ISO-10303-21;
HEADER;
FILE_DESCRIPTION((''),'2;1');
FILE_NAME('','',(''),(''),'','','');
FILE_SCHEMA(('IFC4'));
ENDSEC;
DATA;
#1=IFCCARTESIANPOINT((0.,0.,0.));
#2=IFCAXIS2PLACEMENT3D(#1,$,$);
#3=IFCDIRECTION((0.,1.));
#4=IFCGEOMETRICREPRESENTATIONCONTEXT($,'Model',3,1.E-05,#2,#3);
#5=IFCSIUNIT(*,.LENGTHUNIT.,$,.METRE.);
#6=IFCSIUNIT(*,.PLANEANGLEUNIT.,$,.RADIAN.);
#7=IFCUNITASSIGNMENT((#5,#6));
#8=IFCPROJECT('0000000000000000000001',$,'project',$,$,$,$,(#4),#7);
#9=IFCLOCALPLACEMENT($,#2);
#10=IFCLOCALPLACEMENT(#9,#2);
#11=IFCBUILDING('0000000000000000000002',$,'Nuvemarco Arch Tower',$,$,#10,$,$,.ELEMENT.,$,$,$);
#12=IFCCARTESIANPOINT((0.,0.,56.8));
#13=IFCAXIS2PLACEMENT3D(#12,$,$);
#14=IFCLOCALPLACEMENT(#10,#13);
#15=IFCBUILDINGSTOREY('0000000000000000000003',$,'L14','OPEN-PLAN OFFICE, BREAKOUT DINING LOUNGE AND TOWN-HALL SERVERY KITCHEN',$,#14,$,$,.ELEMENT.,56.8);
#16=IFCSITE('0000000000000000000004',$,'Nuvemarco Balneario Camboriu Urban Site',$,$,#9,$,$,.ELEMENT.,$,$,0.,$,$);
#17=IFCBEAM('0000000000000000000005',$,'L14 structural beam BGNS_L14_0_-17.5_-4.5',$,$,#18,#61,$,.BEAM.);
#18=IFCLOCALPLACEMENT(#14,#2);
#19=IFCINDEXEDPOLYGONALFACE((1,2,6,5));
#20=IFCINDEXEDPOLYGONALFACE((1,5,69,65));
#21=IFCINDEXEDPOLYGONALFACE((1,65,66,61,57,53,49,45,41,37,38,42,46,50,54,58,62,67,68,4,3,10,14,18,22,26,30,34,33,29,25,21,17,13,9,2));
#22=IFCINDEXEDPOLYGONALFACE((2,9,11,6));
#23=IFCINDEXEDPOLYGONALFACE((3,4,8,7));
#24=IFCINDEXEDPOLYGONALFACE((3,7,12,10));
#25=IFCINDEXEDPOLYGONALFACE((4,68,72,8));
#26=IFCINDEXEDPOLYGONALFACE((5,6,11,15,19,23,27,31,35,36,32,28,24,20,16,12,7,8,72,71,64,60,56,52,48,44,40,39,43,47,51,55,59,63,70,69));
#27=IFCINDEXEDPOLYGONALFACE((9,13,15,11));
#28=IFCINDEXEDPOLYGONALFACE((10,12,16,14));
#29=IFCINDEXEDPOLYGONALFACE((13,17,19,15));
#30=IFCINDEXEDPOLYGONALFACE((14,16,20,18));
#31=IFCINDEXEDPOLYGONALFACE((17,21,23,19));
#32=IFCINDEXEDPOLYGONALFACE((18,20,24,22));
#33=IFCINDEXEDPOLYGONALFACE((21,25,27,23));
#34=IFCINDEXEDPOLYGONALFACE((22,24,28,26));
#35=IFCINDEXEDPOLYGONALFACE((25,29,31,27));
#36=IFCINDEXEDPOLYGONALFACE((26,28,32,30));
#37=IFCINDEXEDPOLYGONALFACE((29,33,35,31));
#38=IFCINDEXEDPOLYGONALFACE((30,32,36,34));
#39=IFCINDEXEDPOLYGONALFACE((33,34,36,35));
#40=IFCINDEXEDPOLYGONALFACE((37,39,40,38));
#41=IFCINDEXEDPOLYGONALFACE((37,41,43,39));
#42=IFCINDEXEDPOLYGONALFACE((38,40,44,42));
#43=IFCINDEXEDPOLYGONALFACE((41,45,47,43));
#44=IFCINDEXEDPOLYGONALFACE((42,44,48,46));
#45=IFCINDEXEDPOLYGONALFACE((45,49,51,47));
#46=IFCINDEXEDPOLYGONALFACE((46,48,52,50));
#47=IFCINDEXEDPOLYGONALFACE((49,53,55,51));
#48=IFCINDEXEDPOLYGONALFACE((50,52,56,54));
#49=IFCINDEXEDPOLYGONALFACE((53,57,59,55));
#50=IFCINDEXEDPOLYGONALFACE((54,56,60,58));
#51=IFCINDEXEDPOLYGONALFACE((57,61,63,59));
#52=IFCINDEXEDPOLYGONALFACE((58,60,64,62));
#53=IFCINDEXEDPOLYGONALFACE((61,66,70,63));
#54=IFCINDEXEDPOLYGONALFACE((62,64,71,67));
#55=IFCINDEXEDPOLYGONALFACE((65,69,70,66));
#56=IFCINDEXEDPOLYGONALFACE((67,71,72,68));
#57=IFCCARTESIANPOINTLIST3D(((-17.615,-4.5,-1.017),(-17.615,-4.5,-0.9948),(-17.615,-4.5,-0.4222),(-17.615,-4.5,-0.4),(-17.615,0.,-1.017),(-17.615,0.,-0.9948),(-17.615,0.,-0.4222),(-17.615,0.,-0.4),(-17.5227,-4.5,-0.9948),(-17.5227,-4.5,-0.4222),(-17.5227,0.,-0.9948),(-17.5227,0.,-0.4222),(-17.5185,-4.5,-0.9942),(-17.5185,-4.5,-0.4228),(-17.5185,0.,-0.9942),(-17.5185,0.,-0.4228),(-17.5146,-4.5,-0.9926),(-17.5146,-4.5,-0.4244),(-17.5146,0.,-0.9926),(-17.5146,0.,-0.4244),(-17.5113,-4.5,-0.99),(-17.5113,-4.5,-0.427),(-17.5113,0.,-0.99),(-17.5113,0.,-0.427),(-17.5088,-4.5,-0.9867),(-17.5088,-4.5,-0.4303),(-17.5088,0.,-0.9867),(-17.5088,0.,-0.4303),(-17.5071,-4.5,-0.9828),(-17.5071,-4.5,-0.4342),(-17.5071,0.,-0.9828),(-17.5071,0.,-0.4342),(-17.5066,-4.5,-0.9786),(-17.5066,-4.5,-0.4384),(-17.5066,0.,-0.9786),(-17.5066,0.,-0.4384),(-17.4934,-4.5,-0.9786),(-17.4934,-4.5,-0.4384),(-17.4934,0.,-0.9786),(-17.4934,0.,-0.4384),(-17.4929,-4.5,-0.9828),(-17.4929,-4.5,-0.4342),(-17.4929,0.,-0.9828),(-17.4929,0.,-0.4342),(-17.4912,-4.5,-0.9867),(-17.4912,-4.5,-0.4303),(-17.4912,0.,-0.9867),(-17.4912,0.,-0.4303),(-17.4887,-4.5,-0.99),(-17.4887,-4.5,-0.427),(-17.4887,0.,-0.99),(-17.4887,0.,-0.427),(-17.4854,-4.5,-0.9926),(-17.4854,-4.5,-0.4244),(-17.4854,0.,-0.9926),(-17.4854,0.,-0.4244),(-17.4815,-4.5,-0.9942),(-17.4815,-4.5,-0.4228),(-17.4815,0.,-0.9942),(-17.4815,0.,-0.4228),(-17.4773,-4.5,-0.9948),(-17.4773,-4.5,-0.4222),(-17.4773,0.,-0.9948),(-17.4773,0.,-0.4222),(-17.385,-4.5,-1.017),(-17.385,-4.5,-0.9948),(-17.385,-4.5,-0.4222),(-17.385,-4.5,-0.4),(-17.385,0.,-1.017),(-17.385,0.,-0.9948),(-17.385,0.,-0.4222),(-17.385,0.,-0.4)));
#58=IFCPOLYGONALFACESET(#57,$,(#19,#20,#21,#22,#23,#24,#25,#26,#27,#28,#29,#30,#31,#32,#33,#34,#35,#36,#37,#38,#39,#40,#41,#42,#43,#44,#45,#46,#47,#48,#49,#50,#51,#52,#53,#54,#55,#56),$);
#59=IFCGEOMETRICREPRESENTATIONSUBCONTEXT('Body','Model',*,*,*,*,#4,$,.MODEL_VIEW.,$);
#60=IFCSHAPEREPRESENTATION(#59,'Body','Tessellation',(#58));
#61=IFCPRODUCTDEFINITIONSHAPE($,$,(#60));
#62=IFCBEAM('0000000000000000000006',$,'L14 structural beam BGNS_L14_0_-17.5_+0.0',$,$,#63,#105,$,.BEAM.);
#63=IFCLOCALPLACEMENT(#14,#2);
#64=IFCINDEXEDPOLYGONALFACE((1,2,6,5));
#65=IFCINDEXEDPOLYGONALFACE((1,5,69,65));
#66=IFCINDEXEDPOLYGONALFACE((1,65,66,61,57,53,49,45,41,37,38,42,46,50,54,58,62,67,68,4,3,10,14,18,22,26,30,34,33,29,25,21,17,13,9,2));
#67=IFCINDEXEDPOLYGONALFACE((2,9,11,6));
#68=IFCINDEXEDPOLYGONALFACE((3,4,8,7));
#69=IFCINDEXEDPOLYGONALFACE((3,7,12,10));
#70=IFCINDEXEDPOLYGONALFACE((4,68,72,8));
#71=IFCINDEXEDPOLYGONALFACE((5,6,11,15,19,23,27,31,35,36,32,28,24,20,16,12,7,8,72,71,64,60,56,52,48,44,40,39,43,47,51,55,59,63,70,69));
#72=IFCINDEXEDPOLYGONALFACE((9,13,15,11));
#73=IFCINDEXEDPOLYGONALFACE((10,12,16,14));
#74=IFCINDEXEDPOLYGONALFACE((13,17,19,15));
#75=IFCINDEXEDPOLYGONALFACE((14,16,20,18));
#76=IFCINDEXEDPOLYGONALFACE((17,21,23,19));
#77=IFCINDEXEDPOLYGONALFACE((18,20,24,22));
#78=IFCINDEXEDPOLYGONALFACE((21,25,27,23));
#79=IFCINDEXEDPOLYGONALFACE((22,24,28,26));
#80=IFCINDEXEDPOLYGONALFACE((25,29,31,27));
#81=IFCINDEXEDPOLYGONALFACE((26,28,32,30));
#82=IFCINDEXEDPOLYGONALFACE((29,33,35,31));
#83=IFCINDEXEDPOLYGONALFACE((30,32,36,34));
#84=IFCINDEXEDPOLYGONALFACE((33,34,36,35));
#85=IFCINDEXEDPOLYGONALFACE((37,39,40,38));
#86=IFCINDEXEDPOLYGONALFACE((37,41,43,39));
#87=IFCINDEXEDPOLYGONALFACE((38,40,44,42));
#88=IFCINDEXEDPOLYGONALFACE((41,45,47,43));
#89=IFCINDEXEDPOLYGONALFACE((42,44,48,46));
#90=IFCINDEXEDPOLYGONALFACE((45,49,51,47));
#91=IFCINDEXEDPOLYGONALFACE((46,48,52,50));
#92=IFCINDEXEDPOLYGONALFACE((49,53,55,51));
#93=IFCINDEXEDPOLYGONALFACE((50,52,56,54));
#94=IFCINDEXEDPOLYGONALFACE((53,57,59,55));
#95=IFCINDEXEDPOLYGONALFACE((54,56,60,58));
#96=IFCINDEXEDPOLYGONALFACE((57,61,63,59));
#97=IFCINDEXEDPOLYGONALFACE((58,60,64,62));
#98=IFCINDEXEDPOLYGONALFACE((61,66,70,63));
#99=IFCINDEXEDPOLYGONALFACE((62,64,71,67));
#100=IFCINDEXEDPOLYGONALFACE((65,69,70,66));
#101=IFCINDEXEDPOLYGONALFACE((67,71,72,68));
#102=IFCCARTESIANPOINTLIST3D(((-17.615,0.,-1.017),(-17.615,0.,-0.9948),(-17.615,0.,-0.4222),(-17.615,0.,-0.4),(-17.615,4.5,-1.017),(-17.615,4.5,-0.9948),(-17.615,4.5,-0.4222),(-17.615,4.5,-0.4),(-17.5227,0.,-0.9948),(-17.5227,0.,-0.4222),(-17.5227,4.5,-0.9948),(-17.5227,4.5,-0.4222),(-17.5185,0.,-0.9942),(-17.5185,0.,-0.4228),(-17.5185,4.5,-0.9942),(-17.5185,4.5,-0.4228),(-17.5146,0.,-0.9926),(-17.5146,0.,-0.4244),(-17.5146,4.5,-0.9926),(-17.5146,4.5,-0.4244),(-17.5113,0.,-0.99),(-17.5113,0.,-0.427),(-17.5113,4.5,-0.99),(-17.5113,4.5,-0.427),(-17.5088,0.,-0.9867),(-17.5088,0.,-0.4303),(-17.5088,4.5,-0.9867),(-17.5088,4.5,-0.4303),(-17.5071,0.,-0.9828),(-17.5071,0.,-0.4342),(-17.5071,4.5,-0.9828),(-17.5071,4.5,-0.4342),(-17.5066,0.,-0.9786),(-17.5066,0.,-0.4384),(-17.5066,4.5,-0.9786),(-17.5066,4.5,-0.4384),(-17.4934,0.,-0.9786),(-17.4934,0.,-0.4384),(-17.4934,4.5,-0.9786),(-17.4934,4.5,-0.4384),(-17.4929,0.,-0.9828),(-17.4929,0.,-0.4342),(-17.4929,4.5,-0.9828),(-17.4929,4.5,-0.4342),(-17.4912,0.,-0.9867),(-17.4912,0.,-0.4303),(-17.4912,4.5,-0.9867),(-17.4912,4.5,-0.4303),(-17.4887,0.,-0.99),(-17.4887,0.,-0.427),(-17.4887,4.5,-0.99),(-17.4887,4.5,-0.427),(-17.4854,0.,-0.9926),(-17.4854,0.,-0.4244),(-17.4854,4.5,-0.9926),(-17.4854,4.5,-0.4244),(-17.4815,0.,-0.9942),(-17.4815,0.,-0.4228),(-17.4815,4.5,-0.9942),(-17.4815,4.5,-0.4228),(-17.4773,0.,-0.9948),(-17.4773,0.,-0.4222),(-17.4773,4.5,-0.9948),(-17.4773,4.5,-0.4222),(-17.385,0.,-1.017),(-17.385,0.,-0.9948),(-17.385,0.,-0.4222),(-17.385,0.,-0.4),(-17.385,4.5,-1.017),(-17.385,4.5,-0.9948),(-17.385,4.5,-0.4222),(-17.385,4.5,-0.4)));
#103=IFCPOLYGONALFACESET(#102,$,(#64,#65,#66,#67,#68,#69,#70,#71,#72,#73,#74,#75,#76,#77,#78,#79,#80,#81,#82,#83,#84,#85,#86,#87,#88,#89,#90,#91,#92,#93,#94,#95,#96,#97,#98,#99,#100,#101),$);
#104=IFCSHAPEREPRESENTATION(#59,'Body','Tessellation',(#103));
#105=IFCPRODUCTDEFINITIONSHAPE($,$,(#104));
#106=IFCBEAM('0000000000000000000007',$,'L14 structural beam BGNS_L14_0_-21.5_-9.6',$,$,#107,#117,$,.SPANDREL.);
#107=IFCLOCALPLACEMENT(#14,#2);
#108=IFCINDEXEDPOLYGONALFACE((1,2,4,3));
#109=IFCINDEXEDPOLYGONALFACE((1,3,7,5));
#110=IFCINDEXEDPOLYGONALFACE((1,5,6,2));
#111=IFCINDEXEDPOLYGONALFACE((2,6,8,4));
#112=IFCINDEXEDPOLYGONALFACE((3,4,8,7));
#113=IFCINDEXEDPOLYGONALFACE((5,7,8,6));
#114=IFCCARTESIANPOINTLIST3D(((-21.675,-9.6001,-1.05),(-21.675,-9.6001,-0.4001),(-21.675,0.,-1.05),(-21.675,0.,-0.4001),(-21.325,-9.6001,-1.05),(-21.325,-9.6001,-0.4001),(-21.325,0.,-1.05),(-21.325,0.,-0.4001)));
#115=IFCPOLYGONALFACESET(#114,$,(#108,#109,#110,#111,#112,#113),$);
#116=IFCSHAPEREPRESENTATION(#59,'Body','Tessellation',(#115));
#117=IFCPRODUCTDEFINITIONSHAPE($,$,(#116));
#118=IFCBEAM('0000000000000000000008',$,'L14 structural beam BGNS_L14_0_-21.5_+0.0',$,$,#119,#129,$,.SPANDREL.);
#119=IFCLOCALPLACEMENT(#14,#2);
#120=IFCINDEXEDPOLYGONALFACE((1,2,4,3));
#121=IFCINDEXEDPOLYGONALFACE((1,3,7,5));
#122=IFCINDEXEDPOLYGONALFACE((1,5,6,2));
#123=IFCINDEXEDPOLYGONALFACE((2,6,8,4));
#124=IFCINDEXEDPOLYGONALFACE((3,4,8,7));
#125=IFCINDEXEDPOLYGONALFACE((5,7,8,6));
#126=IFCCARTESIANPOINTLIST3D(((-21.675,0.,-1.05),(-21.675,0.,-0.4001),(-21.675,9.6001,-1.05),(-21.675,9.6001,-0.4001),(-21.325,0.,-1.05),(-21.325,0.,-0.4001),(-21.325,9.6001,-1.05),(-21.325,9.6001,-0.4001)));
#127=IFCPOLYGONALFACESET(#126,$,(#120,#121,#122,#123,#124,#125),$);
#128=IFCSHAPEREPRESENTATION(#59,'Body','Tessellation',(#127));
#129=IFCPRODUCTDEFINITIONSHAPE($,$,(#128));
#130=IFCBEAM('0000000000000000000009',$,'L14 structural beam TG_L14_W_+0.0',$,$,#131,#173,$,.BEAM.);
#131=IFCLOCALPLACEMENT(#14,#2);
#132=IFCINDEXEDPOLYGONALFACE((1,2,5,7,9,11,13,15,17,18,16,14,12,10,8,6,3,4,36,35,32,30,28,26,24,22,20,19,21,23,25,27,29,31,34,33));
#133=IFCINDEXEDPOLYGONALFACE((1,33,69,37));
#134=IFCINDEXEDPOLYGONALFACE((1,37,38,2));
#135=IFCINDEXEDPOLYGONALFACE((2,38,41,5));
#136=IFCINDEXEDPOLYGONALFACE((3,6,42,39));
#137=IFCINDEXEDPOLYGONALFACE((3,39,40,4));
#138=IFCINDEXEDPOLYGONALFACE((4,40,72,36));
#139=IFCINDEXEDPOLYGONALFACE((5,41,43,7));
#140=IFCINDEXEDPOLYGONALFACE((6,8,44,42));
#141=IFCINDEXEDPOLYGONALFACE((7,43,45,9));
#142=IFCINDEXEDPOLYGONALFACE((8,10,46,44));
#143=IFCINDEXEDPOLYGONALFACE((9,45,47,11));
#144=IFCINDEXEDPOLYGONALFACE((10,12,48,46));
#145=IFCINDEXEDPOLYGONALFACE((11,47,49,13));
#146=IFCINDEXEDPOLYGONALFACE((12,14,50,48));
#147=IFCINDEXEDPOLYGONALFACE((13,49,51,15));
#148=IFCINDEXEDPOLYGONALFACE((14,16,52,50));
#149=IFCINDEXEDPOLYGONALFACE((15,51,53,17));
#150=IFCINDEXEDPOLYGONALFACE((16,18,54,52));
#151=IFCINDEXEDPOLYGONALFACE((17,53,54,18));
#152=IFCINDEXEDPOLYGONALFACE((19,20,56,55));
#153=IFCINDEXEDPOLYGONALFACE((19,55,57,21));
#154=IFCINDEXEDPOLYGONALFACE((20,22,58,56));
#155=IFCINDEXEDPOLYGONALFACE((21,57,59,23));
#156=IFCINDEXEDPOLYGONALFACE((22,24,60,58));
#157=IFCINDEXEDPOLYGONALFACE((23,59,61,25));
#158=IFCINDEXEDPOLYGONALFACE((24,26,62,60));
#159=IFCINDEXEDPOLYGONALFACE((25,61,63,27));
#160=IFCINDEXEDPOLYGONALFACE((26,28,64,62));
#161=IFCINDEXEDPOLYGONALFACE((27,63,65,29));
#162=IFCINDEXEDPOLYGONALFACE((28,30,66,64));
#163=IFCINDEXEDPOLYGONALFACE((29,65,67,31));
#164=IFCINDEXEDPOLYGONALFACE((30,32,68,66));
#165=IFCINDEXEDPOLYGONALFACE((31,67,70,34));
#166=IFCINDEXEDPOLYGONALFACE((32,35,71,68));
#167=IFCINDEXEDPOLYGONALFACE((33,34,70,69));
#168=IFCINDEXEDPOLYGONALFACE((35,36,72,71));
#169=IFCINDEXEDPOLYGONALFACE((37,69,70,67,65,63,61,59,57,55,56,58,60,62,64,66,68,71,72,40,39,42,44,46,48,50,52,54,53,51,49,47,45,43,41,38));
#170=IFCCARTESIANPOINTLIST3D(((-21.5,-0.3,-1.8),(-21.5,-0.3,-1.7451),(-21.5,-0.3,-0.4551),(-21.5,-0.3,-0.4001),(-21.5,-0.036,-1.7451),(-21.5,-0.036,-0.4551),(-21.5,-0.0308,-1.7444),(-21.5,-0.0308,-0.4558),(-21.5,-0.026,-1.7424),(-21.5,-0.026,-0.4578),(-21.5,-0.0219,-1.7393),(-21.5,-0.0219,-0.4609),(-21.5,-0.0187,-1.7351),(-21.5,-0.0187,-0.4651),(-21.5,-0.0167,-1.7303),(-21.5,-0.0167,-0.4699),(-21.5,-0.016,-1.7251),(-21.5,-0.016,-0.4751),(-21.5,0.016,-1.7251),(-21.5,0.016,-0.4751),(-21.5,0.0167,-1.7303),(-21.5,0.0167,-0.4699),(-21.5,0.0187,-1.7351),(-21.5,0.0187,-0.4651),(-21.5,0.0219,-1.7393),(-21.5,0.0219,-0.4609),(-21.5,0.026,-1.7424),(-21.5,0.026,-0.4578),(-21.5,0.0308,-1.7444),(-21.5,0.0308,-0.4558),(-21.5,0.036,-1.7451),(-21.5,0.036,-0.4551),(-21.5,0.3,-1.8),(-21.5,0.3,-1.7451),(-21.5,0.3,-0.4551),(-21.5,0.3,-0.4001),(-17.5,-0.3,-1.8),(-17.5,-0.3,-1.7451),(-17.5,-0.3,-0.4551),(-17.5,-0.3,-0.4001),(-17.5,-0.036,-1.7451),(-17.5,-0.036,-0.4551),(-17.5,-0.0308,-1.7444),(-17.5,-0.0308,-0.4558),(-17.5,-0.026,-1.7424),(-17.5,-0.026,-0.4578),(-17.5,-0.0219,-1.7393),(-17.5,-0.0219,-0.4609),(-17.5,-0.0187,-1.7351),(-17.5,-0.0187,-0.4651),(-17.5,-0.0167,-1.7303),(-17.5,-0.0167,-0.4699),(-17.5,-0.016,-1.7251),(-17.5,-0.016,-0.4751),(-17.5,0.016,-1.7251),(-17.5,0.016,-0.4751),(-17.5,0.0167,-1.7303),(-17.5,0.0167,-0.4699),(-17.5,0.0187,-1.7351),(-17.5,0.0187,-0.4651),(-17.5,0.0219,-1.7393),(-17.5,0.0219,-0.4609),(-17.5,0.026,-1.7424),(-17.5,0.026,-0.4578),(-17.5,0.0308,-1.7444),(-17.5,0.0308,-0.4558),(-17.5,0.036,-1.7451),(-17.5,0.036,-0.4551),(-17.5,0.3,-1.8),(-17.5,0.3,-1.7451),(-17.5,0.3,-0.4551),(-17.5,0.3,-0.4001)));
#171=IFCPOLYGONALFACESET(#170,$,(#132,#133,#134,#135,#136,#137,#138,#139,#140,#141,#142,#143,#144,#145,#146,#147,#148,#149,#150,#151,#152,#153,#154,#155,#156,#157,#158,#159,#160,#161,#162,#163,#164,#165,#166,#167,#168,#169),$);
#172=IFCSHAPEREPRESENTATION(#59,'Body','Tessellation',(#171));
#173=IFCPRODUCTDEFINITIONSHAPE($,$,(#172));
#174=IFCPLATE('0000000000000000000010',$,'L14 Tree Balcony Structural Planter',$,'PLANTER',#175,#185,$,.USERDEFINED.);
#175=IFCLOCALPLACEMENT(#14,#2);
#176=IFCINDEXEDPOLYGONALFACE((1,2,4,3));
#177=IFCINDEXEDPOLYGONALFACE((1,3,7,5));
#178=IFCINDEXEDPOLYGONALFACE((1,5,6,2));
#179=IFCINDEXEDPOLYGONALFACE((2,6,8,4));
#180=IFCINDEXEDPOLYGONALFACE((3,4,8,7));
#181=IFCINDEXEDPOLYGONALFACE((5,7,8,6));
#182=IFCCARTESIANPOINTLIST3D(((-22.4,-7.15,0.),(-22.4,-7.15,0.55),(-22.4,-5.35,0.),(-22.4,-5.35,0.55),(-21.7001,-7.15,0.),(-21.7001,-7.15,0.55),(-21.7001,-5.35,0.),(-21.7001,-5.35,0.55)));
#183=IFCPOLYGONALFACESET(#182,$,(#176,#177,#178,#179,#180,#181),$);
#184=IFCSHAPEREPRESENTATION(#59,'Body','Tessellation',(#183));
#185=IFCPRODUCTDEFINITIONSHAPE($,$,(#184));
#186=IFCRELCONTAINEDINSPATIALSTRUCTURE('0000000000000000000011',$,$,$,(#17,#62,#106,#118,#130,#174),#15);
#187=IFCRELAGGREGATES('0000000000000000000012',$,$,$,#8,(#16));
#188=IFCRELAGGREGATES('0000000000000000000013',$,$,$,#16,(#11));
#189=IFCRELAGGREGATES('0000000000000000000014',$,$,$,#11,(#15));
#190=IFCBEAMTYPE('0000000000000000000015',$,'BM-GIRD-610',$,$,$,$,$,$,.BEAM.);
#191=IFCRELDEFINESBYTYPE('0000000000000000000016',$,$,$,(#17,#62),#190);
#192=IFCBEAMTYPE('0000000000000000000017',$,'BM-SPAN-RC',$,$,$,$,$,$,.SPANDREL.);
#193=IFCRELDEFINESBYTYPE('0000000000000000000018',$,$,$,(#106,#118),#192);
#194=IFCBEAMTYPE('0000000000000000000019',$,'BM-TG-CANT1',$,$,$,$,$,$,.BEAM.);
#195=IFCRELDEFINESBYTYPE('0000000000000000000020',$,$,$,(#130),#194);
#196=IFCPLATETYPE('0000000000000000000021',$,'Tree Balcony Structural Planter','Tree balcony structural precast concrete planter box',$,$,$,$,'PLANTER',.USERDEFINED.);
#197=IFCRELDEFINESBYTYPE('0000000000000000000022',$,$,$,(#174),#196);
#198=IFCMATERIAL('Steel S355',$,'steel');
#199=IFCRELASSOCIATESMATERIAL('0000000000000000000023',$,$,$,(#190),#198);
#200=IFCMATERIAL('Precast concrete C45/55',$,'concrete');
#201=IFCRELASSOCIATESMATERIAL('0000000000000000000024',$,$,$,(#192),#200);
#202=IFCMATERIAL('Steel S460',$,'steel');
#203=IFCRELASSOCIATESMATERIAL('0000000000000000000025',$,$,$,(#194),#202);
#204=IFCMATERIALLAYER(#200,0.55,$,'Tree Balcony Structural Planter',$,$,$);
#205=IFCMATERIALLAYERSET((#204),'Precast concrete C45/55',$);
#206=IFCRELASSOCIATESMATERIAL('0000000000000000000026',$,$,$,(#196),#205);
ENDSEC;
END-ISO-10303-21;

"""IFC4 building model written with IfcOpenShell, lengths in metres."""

from ifc_helpers import new_model, si_unit, direction, frame, origin, origin_2d, place, context, subcontext, project, spatial, rectangle, i_section, extrude, source, transform, mapped, material, layer, layer_set, material_profile, profile_set, type_object, type_shapes, element, save


model = new_model("IFC4")

# Units and contexts
model_context = context("Model", 3, precision=1e-05, world=origin(), true_north=direction((0.0, 1.0)))
body_context = subcontext(model_context, "Body", "Model", "MODEL_VIEW")
ifc_project = project(units=[si_unit("LENGTHUNIT", "METRE"), si_unit("PLANEANGLEUNIT", "RADIAN")], contexts=[model_context])

# Site, building, storey
site_placement = place(None, origin())
site = spatial("IfcSite", under=ifc_project, at=site_placement, Name="Nuvemarco Balneario Camboriu Urban Site", CompositionType="ELEMENT", RefElevation=0.0)
building_placement = place(site_placement, origin())
building = spatial("IfcBuilding", under=site, at=building_placement, Name="Nuvemarco Arch Tower", CompositionType="ELEMENT")
storey_placement = place(building_placement, frame((0.0, 0.0, 56.8)))
storey = spatial("IfcBuildingStorey", under=building, at=storey_placement, Name="L14", Description="OPEN-PLAN OFFICE, BREAKOUT DINING LOUNGE AND TOWN-HALL SERVERY KITCHEN", CompositionType="ELEMENT", Elevation=56.8)

# Shared definitions
ifc_material_1 = material(Name="Steel S460", Category="steel")

# Beams
ifc_material_2 = material(Name="Steel S355", Category="steel")
ifc_material_profile_1 = material_profile(ifc_material_2, i_section(OverallWidth=0.23, OverallDepth=0.6169, WebThickness=0.0132, FlangeThickness=0.0222, FilletRadius=0.0161, at=origin_2d()), Name="W610x140")
ifc_profile_set_1 = profile_set([ifc_material_profile_1], Name="Steel S355")
beam_type_1 = type_object("IfcBeamType", Name="BM-GIRD-610", PredefinedType="BEAM", material=ifc_profile_set_1)
for number, where, z_axis, x_axis, name in (
    (1, (-17.5, -4.5, -0.7085), (0.0, 1.0, 0.0), (-1.0, 0.0, 0.0), "L14 structural beam BGNS_L14_0_-17.5_-4.5"),
    (2, (-17.5, 0.0, -0.7085), (0.0, 1.0, 0.0), (-1.0, 0.0, 0.0), "L14 structural beam BGNS_L14_0_-17.5_+0.0"),
):
    element("IfcBeam", number, at=place(storey_placement, frame(where, z_axis=z_axis, x_axis=x_axis)), inside=storey, type_object=beam_type_1, Name=name, PredefinedType="BEAM", context=body_context, shape_type="SweptSolid", body=[
        extrude(i_section(OverallWidth=0.23, OverallDepth=0.6169, WebThickness=0.0132, FlangeThickness=0.0222, FilletRadius=0.0161, at=origin_2d()), origin(), (0.0, 0.0, 1.0), 4.5),
    ])
ifc_material_3 = material(Name="Precast concrete C45/55", Category="concrete")
ifc_material_profile_2 = material_profile(ifc_material_3, rectangle(XDim=0.3501, YDim=0.6499, at=origin_2d()), Name="PC-SP-350x650")
ifc_profile_set_2 = profile_set([ifc_material_profile_2], Name="Precast concrete C45/55")
beam_type_2 = type_object("IfcBeamType", Name="BM-SPAN-RC", PredefinedType="SPANDREL", material=ifc_profile_set_2)
for number, where, z_axis, x_axis, name in (
    (3, (-21.5, -9.6001, -0.7251), (0.0, 1.0, 0.0), (-1.0, 0.0, 0.0), "L14 structural beam BGNS_L14_0_-21.5_-9.6"),
    (4, (-21.5, 0.0, -0.7251), (0.0, 1.0, 0.0), (-1.0, 0.0, 0.0), "L14 structural beam BGNS_L14_0_-21.5_+0.0"),
):
    element("IfcBeam", number, at=place(storey_placement, frame(where, z_axis=z_axis, x_axis=x_axis)), inside=storey, type_object=beam_type_2, Name=name, PredefinedType="SPANDREL", context=body_context, shape_type="SweptSolid", body=[
        extrude(rectangle(XDim=0.3501, YDim=0.6499, at=origin_2d()), origin(), (0.0, 0.0, 1.0), 9.6001),
    ])
ifc_material_profile_3 = material_profile(ifc_material_1, i_section(OverallWidth=0.6001, OverallDepth=1.3999, WebThickness=0.032, FlangeThickness=0.0549, FilletRadius=0.02, at=origin_2d()), Name="PG1400x600")
ifc_profile_set_3 = profile_set([ifc_material_profile_3], Name="Steel S460")
beam_type_3 = type_object("IfcBeamType", Name="BM-TG-CANT1", PredefinedType="BEAM", material=ifc_profile_set_3)
beam_1_placement = place(storey_placement, frame((-21.5, 0.0, -1.1001), z_axis=(1.0, 0.0, 0.0), x_axis=(0.0, 1.0, 0.0)))
element("IfcBeam", 5, at=beam_1_placement, inside=storey, type_object=beam_type_3, Name="L14 structural beam TG_L14_W_+0.0", PredefinedType="BEAM", context=body_context, shape_type="SweptSolid", body=[
    extrude(i_section(OverallWidth=0.6001, OverallDepth=1.3999, WebThickness=0.032, FlangeThickness=0.0549, FilletRadius=0.02, at=origin_2d()), origin(), (0.0, 0.0, 1.0), 4.0),
])

# Plate
ifc_layer_1 = layer(ifc_material_3, 0.55, Name="Tree Balcony Structural Planter")
ifc_layer_set_1 = layer_set([ifc_layer_1], Name="Precast concrete C45/55")
plate_type = type_object("IfcPlateType", Name="Tree Balcony Structural Planter", Description="Tree balcony structural precast concrete planter box", ElementType="PLANTER", PredefinedType="USERDEFINED", material=ifc_layer_set_1)
shared_shape_1 = source(origin(), body_context, "Body", "SweptSolid", [
    extrude(rectangle(XDim=1.8, YDim=0.7, at=origin_2d()), origin(), (0.0, 0.0, 1.0), 0.55),
])
type_shapes(plate_type, [shared_shape_1])
plate_placement = place(storey_placement, frame((-22.05, -6.25, 0.0), z_axis=(0.0, 0.0, 1.0), x_axis=(0.0, 1.0, 0.0)))
element("IfcPlate", 6, at=plate_placement, inside=storey, type_object=plate_type, Name="L14 Tree Balcony Structural Planter", ObjectType="PLANTER", PredefinedType="USERDEFINED", context=body_context, shape_type="MappedRepresentation", body=[
    mapped(shared_shape_1, transform((0.0, 0.0, 0.0), scale=1.0)),
])

save(model, "model.ifc")
